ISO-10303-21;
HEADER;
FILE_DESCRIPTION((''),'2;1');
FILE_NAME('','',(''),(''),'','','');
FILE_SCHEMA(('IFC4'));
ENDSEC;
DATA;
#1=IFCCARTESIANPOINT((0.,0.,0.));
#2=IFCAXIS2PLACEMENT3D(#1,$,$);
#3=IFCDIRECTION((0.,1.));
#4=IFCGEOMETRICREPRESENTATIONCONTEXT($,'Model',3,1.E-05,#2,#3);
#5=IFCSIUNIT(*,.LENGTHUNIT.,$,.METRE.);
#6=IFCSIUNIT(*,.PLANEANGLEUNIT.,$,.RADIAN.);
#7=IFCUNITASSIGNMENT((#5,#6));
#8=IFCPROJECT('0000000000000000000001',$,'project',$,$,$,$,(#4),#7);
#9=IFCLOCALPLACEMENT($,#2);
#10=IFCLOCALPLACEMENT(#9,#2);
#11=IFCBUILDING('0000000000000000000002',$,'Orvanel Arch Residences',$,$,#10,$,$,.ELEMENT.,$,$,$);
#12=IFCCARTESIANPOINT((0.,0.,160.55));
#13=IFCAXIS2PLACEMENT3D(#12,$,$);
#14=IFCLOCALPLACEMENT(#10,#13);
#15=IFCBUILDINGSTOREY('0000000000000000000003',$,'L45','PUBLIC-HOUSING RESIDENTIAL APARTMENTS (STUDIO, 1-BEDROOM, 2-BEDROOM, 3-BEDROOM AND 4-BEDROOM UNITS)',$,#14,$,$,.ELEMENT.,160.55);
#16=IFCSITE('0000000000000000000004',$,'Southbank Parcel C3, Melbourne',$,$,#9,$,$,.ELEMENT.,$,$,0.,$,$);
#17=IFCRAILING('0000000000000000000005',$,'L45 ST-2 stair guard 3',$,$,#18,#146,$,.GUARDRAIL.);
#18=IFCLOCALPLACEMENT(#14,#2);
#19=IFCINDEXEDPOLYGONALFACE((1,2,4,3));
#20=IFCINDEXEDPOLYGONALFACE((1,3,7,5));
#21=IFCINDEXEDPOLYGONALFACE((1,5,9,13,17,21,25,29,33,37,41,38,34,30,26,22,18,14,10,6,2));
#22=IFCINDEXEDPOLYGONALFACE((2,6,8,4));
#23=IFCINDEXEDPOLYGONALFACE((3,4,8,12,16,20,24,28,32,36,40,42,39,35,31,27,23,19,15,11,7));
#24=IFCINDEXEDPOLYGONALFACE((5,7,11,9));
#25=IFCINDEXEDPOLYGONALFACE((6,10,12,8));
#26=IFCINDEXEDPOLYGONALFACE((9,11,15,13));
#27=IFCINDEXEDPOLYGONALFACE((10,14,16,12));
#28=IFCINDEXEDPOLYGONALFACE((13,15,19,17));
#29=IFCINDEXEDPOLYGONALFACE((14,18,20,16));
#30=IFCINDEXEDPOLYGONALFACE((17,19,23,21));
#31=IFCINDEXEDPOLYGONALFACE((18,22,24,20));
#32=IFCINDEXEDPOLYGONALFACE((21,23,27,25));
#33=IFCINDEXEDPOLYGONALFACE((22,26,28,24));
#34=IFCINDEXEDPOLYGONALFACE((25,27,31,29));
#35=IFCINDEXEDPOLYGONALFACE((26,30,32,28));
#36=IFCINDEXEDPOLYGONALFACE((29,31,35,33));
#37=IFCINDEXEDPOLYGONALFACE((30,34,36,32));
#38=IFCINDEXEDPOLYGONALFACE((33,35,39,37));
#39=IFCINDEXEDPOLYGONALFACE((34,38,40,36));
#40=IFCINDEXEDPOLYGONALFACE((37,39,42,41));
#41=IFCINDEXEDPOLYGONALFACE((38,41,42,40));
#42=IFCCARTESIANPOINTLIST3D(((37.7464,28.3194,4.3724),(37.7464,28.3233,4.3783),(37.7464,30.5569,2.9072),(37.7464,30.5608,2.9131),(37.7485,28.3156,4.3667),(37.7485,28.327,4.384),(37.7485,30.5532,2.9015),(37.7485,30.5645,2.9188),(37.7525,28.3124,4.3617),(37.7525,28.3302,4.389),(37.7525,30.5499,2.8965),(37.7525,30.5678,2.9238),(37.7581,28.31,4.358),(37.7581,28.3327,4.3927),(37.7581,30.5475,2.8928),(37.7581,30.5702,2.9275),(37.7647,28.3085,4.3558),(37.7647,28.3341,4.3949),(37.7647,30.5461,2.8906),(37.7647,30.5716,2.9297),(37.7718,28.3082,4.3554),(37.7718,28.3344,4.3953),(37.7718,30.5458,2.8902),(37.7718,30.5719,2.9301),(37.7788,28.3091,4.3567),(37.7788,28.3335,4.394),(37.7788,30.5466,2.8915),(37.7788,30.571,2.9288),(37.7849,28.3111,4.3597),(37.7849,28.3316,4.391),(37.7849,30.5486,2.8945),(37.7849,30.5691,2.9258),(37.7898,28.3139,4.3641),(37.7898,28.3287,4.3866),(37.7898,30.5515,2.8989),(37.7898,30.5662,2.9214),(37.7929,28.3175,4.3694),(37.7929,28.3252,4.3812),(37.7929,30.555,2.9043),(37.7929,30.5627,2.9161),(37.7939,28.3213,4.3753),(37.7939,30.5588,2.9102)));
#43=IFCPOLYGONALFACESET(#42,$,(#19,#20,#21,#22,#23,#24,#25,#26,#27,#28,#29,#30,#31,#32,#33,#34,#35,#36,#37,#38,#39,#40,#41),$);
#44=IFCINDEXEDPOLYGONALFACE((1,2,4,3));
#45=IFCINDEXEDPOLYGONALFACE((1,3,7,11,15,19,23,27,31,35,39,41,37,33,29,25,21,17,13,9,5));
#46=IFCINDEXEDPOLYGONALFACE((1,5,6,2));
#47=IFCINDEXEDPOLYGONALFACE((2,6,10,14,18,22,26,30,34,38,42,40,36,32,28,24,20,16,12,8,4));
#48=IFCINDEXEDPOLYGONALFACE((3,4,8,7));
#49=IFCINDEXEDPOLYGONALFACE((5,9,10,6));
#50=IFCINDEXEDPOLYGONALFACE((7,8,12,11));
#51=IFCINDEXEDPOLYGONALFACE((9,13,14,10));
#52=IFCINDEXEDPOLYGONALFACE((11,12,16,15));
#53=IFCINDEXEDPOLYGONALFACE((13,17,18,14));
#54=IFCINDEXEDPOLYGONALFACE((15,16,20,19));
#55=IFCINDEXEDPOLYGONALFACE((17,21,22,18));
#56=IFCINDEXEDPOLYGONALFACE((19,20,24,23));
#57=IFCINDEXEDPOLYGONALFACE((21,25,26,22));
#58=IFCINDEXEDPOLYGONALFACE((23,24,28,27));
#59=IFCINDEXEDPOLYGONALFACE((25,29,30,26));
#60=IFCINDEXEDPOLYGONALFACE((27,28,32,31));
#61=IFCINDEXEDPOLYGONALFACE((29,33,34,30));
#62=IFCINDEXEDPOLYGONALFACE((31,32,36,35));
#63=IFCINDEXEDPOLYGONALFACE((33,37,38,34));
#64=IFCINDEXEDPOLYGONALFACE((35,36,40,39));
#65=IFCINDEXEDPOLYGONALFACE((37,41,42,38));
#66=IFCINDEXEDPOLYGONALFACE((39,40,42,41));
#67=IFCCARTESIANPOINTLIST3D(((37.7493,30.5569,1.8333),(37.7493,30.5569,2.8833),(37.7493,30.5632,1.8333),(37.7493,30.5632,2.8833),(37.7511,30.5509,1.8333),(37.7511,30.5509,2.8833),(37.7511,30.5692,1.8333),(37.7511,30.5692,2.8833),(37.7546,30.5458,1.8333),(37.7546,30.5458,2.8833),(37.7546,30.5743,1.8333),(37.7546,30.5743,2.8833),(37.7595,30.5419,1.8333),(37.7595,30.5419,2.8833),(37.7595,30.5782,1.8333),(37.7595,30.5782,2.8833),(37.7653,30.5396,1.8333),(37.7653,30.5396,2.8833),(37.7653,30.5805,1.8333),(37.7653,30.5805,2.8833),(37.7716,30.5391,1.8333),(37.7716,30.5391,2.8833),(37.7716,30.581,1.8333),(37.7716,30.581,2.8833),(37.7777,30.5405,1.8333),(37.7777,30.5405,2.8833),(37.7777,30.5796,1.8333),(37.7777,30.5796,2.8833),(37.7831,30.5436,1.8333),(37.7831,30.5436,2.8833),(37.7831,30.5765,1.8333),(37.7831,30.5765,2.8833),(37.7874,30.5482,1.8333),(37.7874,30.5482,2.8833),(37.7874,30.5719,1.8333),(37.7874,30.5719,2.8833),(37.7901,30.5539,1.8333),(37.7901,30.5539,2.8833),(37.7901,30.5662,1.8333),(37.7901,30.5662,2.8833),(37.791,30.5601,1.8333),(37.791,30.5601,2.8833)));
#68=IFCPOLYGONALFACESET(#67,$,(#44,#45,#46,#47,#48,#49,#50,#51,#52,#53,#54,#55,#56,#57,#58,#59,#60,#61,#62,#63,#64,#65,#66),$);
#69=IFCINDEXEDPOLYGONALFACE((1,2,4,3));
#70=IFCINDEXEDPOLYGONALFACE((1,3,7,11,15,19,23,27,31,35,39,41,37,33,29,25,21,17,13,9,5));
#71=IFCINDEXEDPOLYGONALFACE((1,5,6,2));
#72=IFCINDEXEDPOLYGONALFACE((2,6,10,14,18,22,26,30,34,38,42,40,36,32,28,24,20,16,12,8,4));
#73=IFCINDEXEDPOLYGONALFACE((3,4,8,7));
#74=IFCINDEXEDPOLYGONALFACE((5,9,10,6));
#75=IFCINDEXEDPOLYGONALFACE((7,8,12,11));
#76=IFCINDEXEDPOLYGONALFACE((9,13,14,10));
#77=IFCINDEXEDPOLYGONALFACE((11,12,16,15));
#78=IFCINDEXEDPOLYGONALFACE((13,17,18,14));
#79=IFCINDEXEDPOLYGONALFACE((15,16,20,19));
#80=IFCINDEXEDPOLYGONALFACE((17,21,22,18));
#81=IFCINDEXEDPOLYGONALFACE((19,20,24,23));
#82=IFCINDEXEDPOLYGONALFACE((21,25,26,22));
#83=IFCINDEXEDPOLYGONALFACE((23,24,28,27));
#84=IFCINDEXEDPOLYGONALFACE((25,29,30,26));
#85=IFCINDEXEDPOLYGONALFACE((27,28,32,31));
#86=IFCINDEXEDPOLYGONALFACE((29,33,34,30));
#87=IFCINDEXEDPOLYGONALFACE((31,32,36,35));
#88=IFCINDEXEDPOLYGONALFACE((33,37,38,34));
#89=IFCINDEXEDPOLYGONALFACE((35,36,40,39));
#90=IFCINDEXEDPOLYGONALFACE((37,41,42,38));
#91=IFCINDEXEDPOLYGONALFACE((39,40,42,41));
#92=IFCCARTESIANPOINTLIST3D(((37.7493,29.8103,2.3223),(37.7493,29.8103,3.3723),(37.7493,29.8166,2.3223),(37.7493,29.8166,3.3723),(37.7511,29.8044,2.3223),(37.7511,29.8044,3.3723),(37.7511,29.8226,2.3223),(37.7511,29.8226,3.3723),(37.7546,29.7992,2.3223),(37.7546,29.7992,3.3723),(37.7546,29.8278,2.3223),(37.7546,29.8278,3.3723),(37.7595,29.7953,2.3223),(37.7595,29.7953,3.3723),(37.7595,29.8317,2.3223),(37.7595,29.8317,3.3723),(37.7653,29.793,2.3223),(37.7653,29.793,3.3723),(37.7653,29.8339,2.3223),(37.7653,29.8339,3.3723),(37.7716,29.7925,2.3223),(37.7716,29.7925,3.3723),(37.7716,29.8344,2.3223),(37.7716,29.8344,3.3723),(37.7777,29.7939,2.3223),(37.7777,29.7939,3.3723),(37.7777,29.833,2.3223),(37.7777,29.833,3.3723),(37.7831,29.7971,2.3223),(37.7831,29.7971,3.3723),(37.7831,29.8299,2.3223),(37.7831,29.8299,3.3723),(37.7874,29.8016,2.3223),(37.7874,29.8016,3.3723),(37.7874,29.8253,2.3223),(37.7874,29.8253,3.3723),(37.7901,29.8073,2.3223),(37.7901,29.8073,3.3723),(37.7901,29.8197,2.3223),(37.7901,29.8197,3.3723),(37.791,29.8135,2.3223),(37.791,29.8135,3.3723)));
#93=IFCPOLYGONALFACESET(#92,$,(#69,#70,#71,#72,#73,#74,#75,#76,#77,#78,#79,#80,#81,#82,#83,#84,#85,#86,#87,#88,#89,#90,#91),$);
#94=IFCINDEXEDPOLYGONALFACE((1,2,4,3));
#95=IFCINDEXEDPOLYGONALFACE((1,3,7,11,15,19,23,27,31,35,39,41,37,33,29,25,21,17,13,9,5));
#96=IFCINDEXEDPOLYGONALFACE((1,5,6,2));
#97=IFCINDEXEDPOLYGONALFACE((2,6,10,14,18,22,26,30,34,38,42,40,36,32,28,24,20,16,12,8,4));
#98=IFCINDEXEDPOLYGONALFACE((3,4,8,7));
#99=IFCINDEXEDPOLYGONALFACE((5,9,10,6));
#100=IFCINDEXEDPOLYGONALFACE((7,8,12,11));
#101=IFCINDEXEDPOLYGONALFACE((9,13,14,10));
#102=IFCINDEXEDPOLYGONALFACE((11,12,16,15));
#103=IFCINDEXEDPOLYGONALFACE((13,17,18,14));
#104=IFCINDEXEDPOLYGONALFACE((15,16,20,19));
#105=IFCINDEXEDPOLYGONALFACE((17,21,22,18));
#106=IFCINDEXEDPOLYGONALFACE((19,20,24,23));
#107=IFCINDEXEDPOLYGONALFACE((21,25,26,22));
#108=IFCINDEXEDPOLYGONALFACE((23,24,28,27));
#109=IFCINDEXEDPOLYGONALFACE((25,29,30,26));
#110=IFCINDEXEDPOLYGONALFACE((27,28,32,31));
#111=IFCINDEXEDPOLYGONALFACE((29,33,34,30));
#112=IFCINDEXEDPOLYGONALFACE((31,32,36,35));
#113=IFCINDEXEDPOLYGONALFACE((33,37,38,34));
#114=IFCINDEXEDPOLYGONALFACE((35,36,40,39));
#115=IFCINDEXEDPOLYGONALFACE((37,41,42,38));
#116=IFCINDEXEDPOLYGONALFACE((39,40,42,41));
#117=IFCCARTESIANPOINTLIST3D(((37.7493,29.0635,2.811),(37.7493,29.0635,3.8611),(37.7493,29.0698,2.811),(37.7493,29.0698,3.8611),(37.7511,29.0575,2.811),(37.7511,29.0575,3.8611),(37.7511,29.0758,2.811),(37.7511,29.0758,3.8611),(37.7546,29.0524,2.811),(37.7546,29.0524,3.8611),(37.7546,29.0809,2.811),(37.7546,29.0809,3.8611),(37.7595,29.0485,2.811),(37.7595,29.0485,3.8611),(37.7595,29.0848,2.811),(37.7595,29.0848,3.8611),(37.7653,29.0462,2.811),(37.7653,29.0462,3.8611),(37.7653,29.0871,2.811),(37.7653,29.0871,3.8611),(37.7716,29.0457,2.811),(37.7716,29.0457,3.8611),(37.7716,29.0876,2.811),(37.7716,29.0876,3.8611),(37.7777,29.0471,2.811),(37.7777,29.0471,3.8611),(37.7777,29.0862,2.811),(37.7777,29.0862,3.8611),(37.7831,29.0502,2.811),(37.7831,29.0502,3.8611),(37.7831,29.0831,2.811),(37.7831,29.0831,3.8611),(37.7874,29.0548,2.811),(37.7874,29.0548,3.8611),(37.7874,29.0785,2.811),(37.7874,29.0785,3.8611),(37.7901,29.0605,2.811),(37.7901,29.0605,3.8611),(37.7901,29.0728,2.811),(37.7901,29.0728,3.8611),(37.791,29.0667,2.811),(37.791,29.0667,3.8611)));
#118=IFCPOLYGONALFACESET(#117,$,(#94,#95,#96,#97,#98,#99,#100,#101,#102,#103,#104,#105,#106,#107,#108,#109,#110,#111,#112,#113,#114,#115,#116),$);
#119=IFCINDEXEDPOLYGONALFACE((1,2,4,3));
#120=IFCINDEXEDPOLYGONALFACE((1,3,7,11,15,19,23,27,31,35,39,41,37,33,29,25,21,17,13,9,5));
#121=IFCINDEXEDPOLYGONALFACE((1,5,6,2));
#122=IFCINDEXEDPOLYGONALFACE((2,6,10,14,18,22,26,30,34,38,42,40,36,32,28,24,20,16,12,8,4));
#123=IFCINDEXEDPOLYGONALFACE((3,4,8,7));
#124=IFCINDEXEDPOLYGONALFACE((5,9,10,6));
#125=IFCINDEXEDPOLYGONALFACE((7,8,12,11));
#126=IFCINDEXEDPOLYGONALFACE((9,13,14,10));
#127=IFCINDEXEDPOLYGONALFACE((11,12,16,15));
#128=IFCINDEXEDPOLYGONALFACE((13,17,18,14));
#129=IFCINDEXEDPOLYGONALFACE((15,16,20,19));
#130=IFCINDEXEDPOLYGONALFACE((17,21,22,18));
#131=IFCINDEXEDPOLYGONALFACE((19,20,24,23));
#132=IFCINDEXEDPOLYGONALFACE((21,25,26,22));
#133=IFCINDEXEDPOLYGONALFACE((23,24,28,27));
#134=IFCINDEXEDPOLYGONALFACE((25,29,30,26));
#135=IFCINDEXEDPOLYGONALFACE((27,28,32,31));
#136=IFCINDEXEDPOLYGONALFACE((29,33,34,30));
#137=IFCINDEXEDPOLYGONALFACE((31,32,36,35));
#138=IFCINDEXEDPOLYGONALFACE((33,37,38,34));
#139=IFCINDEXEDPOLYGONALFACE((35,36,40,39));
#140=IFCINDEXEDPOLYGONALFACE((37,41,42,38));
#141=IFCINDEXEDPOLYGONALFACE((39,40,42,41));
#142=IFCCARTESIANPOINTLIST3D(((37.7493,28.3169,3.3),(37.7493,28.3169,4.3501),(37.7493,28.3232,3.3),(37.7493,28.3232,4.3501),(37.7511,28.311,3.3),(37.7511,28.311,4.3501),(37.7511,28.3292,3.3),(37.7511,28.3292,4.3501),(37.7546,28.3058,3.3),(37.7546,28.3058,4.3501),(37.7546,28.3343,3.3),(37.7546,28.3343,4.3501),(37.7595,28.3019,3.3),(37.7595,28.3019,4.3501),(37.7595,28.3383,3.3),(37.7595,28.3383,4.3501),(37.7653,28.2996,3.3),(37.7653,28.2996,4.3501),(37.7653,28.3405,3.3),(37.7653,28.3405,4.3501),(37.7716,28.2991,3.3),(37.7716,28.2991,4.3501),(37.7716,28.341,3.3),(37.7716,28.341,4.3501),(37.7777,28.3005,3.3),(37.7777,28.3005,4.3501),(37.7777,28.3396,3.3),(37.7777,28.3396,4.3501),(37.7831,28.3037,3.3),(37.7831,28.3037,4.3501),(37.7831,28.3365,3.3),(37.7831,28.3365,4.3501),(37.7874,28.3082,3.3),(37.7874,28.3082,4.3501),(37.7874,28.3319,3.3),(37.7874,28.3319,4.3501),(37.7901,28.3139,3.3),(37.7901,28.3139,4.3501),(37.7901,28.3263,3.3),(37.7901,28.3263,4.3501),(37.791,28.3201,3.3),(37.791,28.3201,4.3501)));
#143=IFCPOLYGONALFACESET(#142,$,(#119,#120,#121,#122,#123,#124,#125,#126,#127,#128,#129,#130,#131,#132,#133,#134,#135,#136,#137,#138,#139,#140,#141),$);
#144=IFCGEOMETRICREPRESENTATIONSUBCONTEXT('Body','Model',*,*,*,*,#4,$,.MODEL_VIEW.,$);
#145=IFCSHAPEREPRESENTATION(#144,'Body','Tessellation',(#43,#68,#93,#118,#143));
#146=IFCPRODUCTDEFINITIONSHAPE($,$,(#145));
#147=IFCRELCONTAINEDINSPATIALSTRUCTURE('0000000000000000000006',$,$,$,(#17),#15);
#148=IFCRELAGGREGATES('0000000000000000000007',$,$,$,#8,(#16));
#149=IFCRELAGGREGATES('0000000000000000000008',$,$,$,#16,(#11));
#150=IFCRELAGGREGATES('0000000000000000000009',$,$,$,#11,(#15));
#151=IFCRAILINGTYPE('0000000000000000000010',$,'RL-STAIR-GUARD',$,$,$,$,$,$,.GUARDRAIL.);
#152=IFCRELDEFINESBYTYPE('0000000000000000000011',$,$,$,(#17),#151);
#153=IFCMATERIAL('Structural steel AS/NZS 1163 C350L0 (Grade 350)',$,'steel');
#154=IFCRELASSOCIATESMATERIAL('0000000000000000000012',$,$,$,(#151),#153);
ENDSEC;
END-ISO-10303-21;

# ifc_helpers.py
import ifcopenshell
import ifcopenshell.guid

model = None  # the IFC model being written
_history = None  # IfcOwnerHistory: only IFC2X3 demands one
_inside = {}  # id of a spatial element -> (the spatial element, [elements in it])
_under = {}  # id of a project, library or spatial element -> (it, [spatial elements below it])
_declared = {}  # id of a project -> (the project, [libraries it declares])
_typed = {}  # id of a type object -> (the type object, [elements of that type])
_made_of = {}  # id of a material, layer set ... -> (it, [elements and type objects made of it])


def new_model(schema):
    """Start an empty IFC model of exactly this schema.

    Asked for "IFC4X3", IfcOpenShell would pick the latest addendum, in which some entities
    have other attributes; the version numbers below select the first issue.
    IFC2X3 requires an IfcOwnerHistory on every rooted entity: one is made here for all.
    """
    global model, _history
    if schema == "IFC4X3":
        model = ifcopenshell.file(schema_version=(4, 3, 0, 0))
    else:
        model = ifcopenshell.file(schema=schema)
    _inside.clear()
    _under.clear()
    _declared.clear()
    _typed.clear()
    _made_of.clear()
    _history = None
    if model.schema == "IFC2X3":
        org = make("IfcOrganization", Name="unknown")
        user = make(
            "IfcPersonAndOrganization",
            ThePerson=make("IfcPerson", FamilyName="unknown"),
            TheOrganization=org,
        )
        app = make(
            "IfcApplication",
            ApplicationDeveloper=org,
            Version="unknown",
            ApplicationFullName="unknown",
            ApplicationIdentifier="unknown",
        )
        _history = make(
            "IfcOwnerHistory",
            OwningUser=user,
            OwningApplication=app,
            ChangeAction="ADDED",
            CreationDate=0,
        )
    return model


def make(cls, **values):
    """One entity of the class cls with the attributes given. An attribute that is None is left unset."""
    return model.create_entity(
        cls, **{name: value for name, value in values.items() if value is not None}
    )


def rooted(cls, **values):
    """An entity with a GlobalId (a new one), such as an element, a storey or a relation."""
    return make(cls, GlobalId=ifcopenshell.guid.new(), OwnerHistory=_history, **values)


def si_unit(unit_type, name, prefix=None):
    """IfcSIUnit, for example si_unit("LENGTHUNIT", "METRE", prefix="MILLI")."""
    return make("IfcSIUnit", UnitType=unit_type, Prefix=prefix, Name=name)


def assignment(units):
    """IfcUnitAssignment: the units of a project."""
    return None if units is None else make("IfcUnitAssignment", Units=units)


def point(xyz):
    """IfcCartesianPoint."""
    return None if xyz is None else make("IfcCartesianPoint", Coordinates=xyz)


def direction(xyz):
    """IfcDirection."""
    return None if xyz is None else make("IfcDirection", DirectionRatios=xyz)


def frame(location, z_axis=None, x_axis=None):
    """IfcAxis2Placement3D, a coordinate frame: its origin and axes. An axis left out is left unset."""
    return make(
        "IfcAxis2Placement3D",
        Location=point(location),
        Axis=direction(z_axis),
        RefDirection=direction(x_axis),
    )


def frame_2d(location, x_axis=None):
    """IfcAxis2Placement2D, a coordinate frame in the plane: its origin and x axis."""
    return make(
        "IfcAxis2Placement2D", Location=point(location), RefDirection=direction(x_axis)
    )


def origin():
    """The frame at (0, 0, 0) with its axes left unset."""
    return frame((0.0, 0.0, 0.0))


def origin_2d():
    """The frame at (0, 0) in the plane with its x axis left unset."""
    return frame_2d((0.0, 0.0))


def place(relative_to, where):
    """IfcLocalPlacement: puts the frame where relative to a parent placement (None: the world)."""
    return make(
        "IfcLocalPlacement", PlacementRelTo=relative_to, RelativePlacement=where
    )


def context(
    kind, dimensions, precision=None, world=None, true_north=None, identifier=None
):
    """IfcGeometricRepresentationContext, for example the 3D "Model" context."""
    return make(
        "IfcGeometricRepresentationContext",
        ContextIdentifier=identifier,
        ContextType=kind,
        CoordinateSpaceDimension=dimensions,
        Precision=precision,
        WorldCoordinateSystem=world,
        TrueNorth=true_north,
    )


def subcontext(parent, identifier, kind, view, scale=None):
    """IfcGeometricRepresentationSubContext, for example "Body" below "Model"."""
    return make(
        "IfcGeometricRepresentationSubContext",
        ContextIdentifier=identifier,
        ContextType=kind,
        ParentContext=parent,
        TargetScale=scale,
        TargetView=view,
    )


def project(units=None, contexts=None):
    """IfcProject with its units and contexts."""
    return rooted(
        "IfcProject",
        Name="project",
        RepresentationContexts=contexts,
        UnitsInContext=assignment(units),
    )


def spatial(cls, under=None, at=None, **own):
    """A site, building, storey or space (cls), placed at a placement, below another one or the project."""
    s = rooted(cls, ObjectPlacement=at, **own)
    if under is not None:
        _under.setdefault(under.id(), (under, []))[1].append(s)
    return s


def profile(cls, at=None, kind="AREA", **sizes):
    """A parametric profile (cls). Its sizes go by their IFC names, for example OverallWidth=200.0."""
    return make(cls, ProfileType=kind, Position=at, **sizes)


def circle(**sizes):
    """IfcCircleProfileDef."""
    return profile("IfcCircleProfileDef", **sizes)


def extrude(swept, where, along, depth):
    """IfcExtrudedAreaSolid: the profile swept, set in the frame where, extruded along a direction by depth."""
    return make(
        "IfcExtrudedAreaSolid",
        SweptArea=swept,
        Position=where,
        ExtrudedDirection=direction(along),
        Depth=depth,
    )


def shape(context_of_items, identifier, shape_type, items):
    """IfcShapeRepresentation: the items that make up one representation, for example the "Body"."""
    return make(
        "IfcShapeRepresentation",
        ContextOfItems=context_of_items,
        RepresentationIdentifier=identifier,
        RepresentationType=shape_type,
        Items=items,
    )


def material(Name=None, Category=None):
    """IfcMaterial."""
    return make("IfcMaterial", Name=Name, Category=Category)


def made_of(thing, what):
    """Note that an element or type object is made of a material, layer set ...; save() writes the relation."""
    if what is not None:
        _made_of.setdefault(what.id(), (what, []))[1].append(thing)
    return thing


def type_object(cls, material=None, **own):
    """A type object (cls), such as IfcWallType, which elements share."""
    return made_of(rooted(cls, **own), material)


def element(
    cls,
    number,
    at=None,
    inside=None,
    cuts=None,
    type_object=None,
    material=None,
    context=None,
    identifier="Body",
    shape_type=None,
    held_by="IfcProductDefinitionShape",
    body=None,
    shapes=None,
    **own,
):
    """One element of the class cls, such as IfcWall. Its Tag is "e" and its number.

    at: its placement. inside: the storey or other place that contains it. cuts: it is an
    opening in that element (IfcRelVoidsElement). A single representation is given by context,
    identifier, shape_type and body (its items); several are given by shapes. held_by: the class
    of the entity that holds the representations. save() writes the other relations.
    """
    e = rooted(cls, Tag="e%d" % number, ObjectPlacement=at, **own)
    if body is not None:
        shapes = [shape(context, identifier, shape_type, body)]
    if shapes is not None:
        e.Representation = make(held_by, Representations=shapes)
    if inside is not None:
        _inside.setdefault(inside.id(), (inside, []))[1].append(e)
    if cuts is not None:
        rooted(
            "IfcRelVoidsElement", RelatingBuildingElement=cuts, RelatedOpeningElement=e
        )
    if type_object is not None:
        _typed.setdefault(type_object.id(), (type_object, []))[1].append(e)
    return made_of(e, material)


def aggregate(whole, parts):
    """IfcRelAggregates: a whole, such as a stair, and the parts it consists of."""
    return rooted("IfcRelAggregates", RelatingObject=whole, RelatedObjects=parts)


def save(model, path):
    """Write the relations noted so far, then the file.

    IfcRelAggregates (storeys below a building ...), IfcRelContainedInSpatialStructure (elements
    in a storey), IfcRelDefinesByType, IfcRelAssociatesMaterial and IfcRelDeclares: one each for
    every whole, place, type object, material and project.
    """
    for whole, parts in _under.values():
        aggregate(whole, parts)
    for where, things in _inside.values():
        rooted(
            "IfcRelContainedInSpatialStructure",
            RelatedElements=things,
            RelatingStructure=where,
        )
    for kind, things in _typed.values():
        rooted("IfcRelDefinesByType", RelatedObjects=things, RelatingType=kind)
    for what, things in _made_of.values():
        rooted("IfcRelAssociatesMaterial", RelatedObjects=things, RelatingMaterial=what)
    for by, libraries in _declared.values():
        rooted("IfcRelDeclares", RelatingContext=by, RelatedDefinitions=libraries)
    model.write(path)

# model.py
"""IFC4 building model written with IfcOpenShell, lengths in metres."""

from ifc_helpers import new_model, si_unit, direction, frame, origin, origin_2d, place, context, subcontext, project, spatial, circle, extrude, material, type_object, element, save


model = new_model("IFC4")

# Units and contexts
model_context = context("Model", 3, precision=1e-05, world=origin(), true_north=direction((0.0, 1.0)))
body_context = subcontext(model_context, "Body", "Model", "MODEL_VIEW")
ifc_project = project(units=[si_unit("LENGTHUNIT", "METRE"), si_unit("PLANEANGLEUNIT", "RADIAN")], contexts=[model_context])

# Site, building, storey
site_placement = place(None, origin())
site = spatial("IfcSite", under=ifc_project, at=site_placement, Name="Southbank Parcel C3, Melbourne", CompositionType="ELEMENT", RefElevation=0.0)
building_placement = place(site_placement, origin())
building = spatial("IfcBuilding", under=site, at=building_placement, Name="Orvanel Arch Residences", CompositionType="ELEMENT")
storey_placement = place(building_placement, frame((0.0, 0.0, 160.55)))
storey = spatial("IfcBuildingStorey", under=building, at=storey_placement, Name="L45", Description="PUBLIC-HOUSING RESIDENTIAL APARTMENTS (STUDIO, 1-BEDROOM, 2-BEDROOM, 3-BEDROOM AND 4-BEDROOM UNITS)", CompositionType="ELEMENT", Elevation=160.55)

# Railing
ifc_material_1 = material(Name="Structural steel AS/NZS 1163 C350L0 (Grade 350)", Category="steel")
railing_type_1 = type_object("IfcRailingType", Name="RL-STAIR-GUARD", PredefinedType="GUARDRAIL", material=ifc_material_1)
railing_1_placement = place(storey_placement, frame((37.77, 30.5601, 1.8333)))
element("IfcRailing", 1, at=railing_1_placement, inside=storey, type_object=railing_type_1, Name="L45 ST-2 stair guard 3", PredefinedType="GUARDRAIL", context=body_context, shape_type="SweptSolid", body=[
    extrude(circle(Radius=0.0239, at=origin_2d()), frame((0.0, -0.0012, 1.0769), z_axis=(0.0, -0.836595, 0.547822), x_axis=(1.0, 0.0, 0.0)), (0.0, 0.0, 1.0), 2.6746),
    extrude(circle(Radius=0.021, at=origin_2d()), origin(), (0.0, 0.0, 1.0), 1.05),
    extrude(circle(Radius=0.021, at=origin_2d()), frame((0.0, -0.7466, 0.489)), (0.0, 0.0, 1.0), 1.05),
    extrude(circle(Radius=0.021, at=origin_2d()), frame((0.0, -1.4934, 0.9778)), (0.0, 0.0, 1.0), 1.05),
    extrude(circle(Radius=0.021, at=origin_2d()), frame((0.0, -2.24, 1.4668)), (0.0, 0.0, 1.0), 1.05),
])

save(model, "model.ifc")
